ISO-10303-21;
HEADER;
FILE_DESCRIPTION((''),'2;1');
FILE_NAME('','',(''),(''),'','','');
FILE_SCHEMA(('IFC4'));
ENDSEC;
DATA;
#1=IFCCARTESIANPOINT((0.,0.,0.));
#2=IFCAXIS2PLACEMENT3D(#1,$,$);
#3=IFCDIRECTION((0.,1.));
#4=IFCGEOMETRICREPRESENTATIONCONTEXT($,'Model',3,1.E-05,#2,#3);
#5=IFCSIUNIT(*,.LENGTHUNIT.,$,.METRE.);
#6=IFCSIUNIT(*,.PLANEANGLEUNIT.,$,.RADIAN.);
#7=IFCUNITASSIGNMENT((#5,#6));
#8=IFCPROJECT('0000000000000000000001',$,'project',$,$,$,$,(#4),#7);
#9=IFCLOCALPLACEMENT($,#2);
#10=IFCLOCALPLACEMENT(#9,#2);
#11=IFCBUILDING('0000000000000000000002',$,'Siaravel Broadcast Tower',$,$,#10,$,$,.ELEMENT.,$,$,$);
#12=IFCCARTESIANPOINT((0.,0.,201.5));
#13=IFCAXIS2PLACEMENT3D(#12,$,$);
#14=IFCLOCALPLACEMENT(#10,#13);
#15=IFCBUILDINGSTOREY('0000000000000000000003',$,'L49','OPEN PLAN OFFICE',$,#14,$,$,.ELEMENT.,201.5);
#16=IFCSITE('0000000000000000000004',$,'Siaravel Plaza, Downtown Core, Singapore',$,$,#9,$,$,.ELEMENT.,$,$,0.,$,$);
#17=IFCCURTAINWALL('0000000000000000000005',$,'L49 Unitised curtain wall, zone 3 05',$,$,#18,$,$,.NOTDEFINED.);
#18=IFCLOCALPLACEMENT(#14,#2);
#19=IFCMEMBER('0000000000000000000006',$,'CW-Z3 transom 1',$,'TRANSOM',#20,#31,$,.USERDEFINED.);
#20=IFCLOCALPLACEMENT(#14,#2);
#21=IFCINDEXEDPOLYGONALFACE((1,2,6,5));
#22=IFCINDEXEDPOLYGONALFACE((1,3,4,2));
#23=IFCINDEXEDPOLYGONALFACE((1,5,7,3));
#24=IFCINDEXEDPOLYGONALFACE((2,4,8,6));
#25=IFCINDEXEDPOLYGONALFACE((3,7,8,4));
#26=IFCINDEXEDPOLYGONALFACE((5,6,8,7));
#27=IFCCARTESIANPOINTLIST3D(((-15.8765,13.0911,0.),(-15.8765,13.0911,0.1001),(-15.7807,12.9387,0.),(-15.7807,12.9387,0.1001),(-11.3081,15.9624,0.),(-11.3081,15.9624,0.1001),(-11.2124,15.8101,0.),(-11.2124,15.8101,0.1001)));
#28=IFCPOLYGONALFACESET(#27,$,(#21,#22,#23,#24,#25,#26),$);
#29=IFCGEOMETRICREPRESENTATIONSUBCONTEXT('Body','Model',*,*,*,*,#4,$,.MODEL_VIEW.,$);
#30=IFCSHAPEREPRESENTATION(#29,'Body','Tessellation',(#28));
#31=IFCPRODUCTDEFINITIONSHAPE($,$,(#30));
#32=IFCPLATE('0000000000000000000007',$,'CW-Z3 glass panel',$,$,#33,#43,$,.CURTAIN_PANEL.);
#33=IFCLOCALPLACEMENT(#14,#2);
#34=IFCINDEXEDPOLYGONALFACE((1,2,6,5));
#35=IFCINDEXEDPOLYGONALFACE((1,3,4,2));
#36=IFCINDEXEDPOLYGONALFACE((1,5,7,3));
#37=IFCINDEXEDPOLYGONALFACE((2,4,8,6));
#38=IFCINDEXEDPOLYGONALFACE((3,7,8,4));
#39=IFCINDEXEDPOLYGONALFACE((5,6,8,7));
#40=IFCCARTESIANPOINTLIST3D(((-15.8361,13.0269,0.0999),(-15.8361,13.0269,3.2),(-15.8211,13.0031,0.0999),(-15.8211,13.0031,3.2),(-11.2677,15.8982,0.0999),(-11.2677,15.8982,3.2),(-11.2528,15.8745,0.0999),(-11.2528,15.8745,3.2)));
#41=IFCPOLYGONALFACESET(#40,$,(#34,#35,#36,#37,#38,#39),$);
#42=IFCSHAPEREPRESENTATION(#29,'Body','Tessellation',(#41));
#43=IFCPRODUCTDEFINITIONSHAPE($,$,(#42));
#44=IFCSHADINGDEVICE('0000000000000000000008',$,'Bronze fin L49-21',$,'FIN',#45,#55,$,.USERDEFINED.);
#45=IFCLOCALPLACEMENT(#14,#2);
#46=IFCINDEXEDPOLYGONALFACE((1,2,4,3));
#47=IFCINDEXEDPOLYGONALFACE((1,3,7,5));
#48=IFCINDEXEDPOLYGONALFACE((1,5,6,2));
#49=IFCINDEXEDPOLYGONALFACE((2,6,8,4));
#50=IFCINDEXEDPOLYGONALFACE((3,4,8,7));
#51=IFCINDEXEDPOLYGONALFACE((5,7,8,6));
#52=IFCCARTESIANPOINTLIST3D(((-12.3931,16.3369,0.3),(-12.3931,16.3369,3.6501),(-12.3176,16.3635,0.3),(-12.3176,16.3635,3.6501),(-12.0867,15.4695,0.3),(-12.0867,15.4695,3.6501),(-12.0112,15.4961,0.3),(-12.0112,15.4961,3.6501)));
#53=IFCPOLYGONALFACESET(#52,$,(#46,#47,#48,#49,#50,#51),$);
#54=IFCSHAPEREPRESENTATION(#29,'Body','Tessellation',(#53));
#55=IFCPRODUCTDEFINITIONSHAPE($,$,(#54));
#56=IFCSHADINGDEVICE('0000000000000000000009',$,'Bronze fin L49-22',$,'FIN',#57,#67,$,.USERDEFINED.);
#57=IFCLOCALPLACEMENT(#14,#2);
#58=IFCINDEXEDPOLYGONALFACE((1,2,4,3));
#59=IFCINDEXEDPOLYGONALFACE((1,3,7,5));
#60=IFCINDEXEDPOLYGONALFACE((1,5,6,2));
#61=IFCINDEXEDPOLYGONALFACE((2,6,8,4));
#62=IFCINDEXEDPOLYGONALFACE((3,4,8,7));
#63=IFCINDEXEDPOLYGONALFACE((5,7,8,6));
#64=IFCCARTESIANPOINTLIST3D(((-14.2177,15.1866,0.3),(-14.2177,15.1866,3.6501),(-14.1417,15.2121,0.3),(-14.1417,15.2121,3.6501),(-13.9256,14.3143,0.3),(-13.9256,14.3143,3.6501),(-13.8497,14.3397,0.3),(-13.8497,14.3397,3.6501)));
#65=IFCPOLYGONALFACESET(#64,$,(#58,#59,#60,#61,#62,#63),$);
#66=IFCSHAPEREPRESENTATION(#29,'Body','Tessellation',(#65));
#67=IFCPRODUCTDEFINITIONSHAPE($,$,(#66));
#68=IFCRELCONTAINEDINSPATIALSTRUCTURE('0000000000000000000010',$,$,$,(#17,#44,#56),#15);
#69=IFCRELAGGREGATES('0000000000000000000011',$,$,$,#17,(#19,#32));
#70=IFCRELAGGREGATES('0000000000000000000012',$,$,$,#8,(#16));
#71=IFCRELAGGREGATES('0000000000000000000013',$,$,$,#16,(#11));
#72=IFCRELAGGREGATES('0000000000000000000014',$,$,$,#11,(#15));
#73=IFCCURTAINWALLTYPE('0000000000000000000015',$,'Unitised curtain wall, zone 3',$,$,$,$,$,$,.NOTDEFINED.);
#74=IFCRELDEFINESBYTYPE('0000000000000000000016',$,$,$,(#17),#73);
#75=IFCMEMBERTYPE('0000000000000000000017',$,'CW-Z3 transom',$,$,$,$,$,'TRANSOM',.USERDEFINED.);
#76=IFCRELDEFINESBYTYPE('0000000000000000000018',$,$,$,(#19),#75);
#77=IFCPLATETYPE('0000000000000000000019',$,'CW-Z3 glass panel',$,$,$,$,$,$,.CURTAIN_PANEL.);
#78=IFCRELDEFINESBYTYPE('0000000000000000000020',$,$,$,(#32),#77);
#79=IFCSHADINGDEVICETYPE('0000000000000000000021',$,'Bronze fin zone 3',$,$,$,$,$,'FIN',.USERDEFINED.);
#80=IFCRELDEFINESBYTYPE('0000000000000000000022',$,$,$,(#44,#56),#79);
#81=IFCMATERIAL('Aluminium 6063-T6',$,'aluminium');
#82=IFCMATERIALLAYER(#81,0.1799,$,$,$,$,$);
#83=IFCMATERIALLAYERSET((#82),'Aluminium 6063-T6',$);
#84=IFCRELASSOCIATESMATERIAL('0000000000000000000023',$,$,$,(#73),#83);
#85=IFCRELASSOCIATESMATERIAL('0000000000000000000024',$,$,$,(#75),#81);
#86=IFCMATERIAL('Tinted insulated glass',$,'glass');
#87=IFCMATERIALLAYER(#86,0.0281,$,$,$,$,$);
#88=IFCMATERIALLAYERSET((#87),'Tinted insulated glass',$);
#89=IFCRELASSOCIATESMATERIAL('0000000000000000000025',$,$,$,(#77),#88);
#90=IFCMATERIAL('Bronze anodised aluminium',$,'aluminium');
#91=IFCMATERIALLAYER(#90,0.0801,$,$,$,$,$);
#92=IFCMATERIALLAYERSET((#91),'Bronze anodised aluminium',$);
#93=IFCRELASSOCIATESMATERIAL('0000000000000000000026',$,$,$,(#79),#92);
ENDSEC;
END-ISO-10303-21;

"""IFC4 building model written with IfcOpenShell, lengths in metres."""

from ifc_helpers import new_model, si_unit, direction, frame, origin, origin_2d, place, context, subcontext, project, spatial, rectangle, extrude, material, layer, layer_set, material_profile, profile_set, type_object, element, aggregate, save


model = new_model("IFC4")

# Units and contexts
model_context = context("Model", 3, precision=1e-05, world=origin(), true_north=direction((0.0, 1.0)))
body_context = subcontext(model_context, "Body", "Model", "MODEL_VIEW")
ifc_project = project(units=[si_unit("LENGTHUNIT", "METRE"), si_unit("PLANEANGLEUNIT", "RADIAN")], contexts=[model_context])

# Site, building, storey
site_placement = place(None, origin())
site = spatial("IfcSite", under=ifc_project, at=site_placement, Name="Siaravel Plaza, Downtown Core, Singapore", CompositionType="ELEMENT", RefElevation=0.0)
building_placement = place(site_placement, origin())
building = spatial("IfcBuilding", under=site, at=building_placement, Name="Siaravel Broadcast Tower", CompositionType="ELEMENT")
storey_placement = place(building_placement, frame((0.0, 0.0, 201.5)))
storey = spatial("IfcBuildingStorey", under=building, at=storey_placement, Name="L49", Description="OPEN PLAN OFFICE", CompositionType="ELEMENT", Elevation=201.5)

# Curtain wall, member, plate
ifc_material_1 = material(Name="Aluminium 6063-T6", Category="aluminium")
ifc_layer_1 = layer(ifc_material_1, 0.1799)
ifc_layer_set_1 = layer_set([ifc_layer_1], Name="Aluminium 6063-T6")
curtain_wall_type = type_object("IfcCurtainWallType", Name="Unitised curtain wall, zone 3", PredefinedType="NOTDEFINED", material=ifc_layer_set_1)
curtain_wall_placement = place(storey_placement, origin())
curtain_wall = element("IfcCurtainWall", 1, at=curtain_wall_placement, inside=storey, type_object=curtain_wall_type, Name="L49 Unitised curtain wall, zone 3 05", PredefinedType="NOTDEFINED")
ifc_material_profile = material_profile(ifc_material_1, rectangle(XDim=0.1799, YDim=0.1001, at=origin_2d()))
ifc_profile_set = profile_set([ifc_material_profile], Name="Aluminium 6063-T6")
member_type = type_object("IfcMemberType", Name="CW-Z3 transom", ElementType="TRANSOM", PredefinedType="USERDEFINED", material=ifc_profile_set)
member_placement = place(storey_placement, frame((-11.2603, 15.8862, 0.05), z_axis=(-0.846653, -0.532145, 0.0), x_axis=(0.532145, -0.846653, 0.0)))
member = element("IfcMember", 2, at=member_placement, type_object=member_type, Name="CW-Z3 transom 1", ObjectType="TRANSOM", PredefinedType="USERDEFINED", context=body_context, shape_type="SweptSolid", body=[
    extrude(rectangle(XDim=0.1799, YDim=0.1001, at=origin_2d()), origin(), (0.0, 0.0, 1.0), 5.3958),
])
ifc_material_2 = material(Name="Tinted insulated glass", Category="glass")
ifc_layer_2 = layer(ifc_material_2, 0.0281)
ifc_layer_set_2 = layer_set([ifc_layer_2], Name="Tinted insulated glass")
plate_type = type_object("IfcPlateType", Name="CW-Z3 glass panel", PredefinedType="CURTAIN_PANEL", material=ifc_layer_set_2)
plate_placement = place(storey_placement, frame((-13.5444, 14.4507, 0.0999), z_axis=(0.0, 0.0, 1.0), x_axis=(-0.846649, -0.532151, 0.0)))
plate = element("IfcPlate", 3, at=plate_placement, type_object=plate_type, Name="CW-Z3 glass panel", PredefinedType="CURTAIN_PANEL", context=body_context, shape_type="SweptSolid", body=[
    extrude(rectangle(XDim=5.3958, YDim=0.0281, at=origin_2d()), origin(), (0.0, 0.0, 1.0), 3.1001),
])
aggregate(curtain_wall, [member, plate])

# Shading devices
ifc_material_3 = material(Name="Bronze anodised aluminium", Category="aluminium")
ifc_layer_3 = layer(ifc_material_3, 0.0801)
ifc_layer_set_3 = layer_set([ifc_layer_3], Name="Bronze anodised aluminium")
shading_device_type = type_object("IfcShadingDeviceType", Name="Bronze fin zone 3", ElementType="FIN", PredefinedType="USERDEFINED", material=ifc_layer_set_3)
for number, where, z_axis, x_axis, name in (
    (4, (-12.2021, 15.9165, 0.3), (0.0, 0.0, 1.0), (-0.333066, 0.942903, 0.0), "Bronze fin L49-21"),
    (5, (-14.0337, 14.7632, 0.3), (0.0, 0.0, 1.0), (-0.317475, 0.948267, 0.0), "Bronze fin L49-22"),
):
    element("IfcShadingDevice", number, at=place(storey_placement, frame(where, z_axis=z_axis, x_axis=x_axis)), inside=storey, type_object=shading_device_type, Name=name, ObjectType="FIN", PredefinedType="USERDEFINED", context=body_context, shape_type="SweptSolid", body=[
        extrude(rectangle(XDim=0.9199, YDim=0.0801, at=origin_2d()), origin(), (0.0, 0.0, 1.0), 3.3501),
    ])

save(model, "model.ifc")
